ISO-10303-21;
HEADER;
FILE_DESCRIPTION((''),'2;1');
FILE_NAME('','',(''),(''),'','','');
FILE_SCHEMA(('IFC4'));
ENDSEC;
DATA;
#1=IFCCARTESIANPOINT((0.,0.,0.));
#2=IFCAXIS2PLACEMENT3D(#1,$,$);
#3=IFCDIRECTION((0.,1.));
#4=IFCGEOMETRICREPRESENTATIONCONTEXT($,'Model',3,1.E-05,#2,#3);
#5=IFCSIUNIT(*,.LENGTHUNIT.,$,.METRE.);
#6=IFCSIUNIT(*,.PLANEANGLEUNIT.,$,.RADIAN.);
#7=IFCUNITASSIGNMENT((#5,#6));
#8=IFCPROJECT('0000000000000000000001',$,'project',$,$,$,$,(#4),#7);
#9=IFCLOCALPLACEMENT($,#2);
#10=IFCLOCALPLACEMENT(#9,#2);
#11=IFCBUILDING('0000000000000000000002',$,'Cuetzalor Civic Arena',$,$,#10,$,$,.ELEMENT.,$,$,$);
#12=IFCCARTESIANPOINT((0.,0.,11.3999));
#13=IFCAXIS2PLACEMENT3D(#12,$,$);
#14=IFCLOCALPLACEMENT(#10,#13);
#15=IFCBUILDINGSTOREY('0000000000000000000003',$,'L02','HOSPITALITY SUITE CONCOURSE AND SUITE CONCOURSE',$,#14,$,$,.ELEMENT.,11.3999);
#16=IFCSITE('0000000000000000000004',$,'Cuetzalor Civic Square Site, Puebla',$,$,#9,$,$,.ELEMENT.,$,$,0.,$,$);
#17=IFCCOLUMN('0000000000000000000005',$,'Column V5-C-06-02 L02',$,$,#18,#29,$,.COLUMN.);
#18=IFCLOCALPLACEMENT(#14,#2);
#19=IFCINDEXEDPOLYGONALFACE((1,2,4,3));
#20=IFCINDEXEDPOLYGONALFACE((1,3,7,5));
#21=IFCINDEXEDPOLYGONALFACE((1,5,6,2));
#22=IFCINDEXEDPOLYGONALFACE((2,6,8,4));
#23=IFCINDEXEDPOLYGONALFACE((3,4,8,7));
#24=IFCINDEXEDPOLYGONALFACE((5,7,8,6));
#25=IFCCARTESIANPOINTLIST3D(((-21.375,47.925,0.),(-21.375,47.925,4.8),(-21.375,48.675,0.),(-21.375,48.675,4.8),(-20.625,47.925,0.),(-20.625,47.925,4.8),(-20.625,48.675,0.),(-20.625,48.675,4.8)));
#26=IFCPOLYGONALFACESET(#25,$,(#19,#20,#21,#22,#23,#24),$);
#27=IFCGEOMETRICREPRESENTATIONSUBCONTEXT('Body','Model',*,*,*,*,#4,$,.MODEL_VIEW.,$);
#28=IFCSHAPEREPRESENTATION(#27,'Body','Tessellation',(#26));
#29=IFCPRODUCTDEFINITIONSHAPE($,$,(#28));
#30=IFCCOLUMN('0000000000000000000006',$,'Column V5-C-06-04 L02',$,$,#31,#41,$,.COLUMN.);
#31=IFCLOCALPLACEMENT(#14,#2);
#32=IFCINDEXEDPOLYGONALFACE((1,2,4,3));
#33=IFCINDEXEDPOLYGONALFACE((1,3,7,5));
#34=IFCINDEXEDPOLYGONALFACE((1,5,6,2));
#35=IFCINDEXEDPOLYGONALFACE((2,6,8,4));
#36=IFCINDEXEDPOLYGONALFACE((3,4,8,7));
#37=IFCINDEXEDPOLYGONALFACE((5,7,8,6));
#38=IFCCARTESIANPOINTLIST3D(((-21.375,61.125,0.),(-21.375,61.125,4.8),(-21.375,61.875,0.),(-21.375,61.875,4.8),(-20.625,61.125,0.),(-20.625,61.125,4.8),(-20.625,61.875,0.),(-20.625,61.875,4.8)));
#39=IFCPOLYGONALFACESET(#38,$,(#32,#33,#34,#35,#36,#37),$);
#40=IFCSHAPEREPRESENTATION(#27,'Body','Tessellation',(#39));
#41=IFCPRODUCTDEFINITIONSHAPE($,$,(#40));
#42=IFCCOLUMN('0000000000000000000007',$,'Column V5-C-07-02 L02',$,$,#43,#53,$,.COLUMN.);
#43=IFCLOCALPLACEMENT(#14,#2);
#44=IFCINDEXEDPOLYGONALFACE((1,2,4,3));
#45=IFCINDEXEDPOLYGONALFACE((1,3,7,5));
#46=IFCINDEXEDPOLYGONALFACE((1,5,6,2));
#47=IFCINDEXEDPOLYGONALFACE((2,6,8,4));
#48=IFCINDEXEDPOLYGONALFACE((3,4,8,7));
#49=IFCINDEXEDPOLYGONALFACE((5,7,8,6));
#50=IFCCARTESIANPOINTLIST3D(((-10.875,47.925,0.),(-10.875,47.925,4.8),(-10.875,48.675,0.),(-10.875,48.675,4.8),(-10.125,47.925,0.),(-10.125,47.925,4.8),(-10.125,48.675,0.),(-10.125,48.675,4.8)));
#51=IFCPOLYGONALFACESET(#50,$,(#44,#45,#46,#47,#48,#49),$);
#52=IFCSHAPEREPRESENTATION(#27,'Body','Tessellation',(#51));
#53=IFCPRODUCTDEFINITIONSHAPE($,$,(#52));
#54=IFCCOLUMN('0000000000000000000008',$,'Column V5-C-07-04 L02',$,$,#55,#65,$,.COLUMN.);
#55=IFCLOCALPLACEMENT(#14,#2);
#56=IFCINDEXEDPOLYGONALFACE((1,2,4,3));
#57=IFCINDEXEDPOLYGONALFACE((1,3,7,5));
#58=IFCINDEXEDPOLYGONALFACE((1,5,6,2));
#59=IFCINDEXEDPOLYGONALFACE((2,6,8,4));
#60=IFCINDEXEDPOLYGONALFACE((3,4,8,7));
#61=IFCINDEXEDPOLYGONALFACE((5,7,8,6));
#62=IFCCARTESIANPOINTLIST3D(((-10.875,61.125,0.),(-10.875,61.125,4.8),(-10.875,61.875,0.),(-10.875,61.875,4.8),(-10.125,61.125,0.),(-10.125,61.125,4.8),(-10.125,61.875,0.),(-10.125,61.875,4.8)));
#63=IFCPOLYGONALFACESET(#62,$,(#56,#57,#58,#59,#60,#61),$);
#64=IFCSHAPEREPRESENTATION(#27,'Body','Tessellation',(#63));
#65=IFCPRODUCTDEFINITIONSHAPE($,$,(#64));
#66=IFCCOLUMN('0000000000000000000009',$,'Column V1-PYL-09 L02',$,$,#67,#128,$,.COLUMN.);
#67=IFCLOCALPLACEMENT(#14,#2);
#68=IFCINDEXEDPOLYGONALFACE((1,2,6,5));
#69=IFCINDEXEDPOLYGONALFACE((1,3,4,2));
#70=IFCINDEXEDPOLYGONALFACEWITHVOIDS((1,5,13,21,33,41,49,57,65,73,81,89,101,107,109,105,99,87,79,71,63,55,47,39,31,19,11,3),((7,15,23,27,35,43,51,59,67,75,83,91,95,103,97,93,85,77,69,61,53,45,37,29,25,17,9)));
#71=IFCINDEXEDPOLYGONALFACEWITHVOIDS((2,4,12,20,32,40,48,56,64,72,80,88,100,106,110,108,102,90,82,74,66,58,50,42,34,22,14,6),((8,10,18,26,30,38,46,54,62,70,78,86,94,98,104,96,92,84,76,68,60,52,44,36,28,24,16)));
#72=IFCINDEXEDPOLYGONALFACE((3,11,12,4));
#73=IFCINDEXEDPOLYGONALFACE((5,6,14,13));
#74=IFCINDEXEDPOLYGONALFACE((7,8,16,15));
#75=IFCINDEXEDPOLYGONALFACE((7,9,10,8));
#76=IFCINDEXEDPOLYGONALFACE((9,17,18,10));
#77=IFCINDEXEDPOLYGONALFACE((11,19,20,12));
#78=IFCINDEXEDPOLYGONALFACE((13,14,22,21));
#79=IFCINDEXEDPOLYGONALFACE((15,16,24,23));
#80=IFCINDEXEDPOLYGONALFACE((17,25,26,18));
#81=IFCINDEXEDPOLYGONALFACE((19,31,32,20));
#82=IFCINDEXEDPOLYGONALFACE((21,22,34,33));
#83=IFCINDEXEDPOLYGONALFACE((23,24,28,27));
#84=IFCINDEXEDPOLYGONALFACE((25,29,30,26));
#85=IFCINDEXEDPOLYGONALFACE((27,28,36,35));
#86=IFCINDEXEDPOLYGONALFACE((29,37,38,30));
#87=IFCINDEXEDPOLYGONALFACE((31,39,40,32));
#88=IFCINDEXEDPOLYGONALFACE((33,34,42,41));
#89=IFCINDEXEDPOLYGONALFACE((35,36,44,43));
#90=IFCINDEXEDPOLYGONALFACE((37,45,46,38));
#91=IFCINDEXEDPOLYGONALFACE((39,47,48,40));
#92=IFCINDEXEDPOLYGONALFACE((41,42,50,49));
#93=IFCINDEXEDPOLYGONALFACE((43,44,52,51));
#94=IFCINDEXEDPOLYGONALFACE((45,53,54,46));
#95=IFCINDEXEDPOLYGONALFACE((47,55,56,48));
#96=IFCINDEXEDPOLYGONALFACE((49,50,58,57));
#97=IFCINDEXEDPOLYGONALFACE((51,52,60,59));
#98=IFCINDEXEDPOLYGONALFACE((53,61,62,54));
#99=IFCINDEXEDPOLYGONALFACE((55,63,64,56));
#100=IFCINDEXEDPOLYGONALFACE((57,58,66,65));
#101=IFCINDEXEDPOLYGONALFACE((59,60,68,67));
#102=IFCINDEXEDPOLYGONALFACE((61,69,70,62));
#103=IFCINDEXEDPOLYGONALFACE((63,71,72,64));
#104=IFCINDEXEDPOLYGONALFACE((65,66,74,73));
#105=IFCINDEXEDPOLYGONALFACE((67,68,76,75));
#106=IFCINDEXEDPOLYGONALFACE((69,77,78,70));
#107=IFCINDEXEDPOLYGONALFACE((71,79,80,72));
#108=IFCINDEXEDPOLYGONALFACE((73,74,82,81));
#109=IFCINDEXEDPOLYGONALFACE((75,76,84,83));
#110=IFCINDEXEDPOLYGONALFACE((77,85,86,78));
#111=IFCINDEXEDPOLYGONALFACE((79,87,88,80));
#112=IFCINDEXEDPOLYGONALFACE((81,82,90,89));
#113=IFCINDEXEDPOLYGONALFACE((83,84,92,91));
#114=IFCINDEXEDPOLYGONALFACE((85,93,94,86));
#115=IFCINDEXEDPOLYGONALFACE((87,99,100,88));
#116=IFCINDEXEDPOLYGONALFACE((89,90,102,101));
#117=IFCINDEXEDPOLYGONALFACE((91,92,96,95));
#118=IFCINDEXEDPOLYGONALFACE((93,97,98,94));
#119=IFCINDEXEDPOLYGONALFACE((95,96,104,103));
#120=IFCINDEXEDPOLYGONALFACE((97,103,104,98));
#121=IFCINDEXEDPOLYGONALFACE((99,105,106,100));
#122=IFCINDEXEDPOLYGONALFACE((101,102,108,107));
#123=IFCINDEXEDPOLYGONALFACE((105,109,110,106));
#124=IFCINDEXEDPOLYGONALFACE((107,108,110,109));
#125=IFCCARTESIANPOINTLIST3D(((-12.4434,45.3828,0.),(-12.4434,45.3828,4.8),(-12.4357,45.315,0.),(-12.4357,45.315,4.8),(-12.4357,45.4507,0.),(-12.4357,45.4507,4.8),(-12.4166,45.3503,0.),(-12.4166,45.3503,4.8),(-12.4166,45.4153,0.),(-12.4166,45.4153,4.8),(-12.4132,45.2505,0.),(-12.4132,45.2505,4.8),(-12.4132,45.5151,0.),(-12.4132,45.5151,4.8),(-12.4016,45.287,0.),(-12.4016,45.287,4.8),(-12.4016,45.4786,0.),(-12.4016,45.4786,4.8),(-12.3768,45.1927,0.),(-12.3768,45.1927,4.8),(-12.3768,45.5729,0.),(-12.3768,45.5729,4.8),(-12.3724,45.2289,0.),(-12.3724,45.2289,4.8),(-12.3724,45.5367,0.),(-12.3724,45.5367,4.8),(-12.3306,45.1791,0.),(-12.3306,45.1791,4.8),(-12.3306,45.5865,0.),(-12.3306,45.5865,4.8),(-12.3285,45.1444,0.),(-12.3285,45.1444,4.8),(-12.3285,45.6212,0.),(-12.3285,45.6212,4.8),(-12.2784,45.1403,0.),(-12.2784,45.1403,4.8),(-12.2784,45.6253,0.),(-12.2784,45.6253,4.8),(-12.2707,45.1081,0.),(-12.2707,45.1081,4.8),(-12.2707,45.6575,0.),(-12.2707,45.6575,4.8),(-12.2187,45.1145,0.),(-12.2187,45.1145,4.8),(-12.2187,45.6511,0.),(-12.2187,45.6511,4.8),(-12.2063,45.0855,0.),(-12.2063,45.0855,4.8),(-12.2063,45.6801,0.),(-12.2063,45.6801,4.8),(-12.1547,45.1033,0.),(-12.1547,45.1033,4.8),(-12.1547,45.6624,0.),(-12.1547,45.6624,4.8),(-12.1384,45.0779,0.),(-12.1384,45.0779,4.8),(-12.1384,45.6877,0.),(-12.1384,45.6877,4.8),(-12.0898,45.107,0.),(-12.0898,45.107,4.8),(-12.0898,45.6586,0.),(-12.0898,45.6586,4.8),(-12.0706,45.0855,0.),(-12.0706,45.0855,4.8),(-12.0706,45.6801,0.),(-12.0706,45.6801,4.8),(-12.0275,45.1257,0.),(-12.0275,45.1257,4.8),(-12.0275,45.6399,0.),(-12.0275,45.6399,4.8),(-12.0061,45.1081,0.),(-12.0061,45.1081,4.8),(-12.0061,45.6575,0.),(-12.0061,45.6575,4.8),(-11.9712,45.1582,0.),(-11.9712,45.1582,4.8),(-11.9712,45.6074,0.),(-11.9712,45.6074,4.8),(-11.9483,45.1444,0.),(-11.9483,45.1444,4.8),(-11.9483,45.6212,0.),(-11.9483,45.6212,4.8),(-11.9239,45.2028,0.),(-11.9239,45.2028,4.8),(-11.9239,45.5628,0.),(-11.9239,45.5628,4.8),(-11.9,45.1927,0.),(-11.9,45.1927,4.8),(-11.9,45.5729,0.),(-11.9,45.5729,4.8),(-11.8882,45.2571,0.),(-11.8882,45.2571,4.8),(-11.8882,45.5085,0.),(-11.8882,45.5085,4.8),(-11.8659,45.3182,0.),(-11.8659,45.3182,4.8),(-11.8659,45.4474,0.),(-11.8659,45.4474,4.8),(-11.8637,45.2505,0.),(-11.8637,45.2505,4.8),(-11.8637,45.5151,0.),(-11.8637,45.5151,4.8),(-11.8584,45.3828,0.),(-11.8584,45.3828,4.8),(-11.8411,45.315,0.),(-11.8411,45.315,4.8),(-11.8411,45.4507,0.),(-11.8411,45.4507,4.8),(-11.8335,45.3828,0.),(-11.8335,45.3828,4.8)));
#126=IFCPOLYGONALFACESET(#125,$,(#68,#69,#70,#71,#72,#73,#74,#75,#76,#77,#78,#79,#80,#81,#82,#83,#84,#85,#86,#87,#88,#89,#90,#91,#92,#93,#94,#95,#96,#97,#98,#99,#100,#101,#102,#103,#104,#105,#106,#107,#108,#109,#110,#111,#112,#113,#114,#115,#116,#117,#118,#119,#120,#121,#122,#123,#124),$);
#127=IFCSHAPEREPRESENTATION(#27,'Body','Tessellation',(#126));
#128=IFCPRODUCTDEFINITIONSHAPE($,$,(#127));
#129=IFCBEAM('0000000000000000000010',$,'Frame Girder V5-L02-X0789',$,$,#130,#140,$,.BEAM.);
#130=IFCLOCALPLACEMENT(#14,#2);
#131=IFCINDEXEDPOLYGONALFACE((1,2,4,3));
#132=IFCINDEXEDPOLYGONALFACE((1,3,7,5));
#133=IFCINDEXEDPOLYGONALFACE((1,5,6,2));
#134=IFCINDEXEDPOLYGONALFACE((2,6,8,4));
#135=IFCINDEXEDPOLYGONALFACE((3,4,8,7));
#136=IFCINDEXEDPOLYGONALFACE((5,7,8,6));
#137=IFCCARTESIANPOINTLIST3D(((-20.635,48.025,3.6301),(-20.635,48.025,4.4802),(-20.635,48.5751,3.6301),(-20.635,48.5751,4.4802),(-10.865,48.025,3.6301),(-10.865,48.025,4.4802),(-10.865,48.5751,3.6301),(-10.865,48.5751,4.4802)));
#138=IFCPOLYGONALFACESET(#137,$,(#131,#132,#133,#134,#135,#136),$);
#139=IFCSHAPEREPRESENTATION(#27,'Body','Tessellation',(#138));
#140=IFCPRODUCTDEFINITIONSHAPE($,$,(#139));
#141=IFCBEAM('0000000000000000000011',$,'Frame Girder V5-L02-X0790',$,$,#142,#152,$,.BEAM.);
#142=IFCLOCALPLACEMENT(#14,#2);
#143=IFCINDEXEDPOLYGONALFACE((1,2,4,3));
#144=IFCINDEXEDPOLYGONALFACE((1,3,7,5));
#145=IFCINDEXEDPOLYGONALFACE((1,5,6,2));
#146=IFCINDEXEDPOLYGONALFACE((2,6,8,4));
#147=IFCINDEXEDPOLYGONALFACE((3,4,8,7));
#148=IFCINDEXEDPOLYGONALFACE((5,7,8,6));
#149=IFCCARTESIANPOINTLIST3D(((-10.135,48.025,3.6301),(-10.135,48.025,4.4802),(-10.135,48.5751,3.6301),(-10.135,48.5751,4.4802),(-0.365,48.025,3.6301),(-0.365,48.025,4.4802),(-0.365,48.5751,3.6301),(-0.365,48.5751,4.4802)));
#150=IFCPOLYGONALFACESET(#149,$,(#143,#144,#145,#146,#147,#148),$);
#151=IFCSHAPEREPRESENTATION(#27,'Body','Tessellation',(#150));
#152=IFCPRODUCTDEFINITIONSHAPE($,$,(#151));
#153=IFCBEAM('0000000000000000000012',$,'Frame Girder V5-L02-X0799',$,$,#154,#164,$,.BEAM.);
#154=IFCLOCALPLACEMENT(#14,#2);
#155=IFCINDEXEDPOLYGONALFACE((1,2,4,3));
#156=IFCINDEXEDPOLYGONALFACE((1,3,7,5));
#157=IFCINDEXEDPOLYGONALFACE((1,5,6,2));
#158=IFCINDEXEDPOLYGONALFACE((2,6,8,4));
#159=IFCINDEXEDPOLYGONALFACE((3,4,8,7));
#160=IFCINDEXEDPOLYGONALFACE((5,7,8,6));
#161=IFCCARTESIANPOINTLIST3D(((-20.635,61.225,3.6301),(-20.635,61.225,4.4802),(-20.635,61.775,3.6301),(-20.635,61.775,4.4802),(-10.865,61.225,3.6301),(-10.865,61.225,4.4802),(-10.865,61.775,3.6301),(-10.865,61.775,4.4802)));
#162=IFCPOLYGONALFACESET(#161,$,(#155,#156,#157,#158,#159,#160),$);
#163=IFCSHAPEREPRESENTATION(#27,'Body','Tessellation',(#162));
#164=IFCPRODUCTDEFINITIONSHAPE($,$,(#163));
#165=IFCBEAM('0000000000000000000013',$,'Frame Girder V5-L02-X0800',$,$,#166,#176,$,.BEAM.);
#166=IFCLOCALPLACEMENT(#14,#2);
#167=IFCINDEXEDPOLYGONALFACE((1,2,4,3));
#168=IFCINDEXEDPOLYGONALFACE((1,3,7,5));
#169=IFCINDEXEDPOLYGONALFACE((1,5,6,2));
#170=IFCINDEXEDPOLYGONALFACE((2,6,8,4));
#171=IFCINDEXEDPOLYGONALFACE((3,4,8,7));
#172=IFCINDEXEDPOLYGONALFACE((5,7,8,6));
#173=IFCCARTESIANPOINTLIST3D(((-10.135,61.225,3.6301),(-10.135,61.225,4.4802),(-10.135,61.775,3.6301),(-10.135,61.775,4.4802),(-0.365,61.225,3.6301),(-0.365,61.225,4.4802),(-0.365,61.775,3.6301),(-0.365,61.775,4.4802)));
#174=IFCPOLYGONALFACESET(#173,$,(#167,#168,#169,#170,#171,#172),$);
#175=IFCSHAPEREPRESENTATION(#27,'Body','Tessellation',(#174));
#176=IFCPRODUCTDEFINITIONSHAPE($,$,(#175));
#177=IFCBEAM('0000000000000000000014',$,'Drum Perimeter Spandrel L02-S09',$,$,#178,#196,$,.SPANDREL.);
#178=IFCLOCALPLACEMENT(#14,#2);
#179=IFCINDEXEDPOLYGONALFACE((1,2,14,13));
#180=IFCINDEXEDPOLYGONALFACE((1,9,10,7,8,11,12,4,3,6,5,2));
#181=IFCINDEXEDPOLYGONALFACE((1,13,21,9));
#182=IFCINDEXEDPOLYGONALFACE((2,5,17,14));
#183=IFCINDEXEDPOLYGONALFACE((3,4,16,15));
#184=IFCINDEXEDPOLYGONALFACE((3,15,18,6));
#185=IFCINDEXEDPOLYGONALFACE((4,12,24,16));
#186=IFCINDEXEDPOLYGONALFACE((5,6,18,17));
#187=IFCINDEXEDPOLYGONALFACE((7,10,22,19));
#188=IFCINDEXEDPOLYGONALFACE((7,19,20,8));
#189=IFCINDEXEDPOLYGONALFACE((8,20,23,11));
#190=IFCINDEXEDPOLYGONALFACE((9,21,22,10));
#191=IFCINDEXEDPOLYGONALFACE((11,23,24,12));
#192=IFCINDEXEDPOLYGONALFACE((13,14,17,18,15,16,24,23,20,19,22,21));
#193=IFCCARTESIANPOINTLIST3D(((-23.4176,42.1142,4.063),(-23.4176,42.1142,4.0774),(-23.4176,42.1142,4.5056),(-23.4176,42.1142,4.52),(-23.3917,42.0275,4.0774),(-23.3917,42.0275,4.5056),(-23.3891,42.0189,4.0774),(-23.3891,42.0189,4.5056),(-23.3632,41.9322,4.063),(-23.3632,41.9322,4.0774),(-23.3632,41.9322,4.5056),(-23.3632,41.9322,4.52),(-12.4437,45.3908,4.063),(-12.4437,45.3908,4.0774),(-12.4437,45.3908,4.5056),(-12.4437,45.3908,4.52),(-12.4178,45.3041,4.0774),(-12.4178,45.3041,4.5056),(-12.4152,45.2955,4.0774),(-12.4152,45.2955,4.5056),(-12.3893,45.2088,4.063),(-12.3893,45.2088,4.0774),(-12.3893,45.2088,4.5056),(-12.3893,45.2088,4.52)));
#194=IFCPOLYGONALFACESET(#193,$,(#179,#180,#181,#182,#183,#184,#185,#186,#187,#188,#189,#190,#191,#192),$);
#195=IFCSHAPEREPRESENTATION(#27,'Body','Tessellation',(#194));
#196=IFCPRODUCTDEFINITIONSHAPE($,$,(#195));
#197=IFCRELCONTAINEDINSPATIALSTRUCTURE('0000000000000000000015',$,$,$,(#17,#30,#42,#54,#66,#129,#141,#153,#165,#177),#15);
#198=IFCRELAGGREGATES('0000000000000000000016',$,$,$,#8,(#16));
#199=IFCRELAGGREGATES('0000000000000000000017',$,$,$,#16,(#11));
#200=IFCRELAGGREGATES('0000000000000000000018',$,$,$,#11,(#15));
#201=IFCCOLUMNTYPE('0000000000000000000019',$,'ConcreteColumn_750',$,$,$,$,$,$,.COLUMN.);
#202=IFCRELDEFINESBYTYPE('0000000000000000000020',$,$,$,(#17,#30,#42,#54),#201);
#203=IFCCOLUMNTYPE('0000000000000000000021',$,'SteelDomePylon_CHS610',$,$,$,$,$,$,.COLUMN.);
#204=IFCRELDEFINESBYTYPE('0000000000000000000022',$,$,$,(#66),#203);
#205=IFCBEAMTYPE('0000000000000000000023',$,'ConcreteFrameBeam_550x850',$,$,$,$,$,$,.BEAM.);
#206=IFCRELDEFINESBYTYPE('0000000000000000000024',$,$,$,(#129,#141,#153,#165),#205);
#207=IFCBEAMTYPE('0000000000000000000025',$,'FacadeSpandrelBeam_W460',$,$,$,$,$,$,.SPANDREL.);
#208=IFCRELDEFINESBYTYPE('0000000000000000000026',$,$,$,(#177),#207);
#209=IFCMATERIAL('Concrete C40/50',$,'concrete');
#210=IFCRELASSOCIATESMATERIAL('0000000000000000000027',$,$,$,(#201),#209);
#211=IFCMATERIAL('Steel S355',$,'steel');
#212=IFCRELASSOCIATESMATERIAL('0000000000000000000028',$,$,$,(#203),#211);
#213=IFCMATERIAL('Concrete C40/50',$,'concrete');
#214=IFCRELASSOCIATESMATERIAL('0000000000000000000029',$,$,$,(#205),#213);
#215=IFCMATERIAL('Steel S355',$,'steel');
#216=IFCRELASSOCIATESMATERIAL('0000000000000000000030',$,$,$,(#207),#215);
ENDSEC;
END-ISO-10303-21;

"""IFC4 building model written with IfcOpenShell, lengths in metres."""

from ifc_helpers import new_model, si_unit, direction, frame, origin, origin_2d, place, context, subcontext, project, spatial, rectangle, hollow_circle, i_section, extrude, material, material_profile, profile_set, type_object, element, save


model = new_model("IFC4")

# Units and contexts
model_context = context("Model", 3, precision=1e-05, world=origin(), true_north=direction((0.0, 1.0)))
body_context = subcontext(model_context, "Body", "Model", "MODEL_VIEW")
ifc_project = project(units=[si_unit("LENGTHUNIT", "METRE"), si_unit("PLANEANGLEUNIT", "RADIAN")], contexts=[model_context])

# Site, building, storey
site_placement = place(None, origin())
site = spatial("IfcSite", under=ifc_project, at=site_placement, Name="Cuetzalor Civic Square Site, Puebla", CompositionType="ELEMENT", RefElevation=0.0)
building_placement = place(site_placement, origin())
building = spatial("IfcBuilding", under=site, at=building_placement, Name="Cuetzalor Civic Arena", CompositionType="ELEMENT")
storey_placement = place(building_placement, frame((0.0, 0.0, 11.3999)))
storey = spatial("IfcBuildingStorey", under=building, at=storey_placement, Name="L02", Description="HOSPITALITY SUITE CONCOURSE AND SUITE CONCOURSE", CompositionType="ELEMENT", Elevation=11.3999)

# Columns
ifc_material_1 = material(Name="Concrete C40/50", Category="concrete")
ifc_material_profile_1 = material_profile(ifc_material_1, rectangle(XDim=0.75, YDim=0.75, at=origin_2d()), Name="RC 750x750")
ifc_profile_set_1 = profile_set([ifc_material_profile_1], Name="Concrete C40/50")
column_type_1 = type_object("IfcColumnType", Name="ConcreteColumn_750", PredefinedType="COLUMN", material=ifc_profile_set_1)
for number, where, z_axis, x_axis, name in (
    (1, (-21.0, 48.3, 0.0), (0.0, 0.0, 1.0), (1.0, 0.0, 0.0), "Column V5-C-06-02 L02"),
    (2, (-21.0, 61.5, 0.0), (0.0, 0.0, 1.0), (1.0, 0.0, 0.0), "Column V5-C-06-04 L02"),
    (3, (-10.5, 48.3, 0.0), (0.0, 0.0, 1.0), (1.0, 0.0, 0.0), "Column V5-C-07-02 L02"),
    (4, (-10.5, 61.5, 0.0), (0.0, 0.0, 1.0), (1.0, 0.0, 0.0), "Column V5-C-07-04 L02"),
):
    element("IfcColumn", number, at=place(storey_placement, frame(where, z_axis=z_axis, x_axis=x_axis)), inside=storey, type_object=column_type_1, Name=name, PredefinedType="COLUMN", context=body_context, shape_type="SweptSolid", body=[
        extrude(rectangle(XDim=0.75, YDim=0.75, at=origin_2d()), origin(), (0.0, 0.0, 1.0), 4.8),
    ])
ifc_material_2 = material(Name="Steel S355", Category="steel")
ifc_material_profile_2 = material_profile(ifc_material_2, hollow_circle(Radius=0.3049, WallThickness=0.0249, at=origin_2d()), Name="CHS 610x25")
ifc_profile_set_2 = profile_set([ifc_material_profile_2], Name="Steel S355")
column_type_2 = type_object("IfcColumnType", Name="SteelDomePylon_CHS610", PredefinedType="COLUMN", material=ifc_profile_set_2)
column_placement = place(storey_placement, frame((-12.1384, 45.3828, 0.0), z_axis=(0.0, 0.0, 1.0), x_axis=(1.0, 0.0, 0.0)))
element("IfcColumn", 5, at=column_placement, inside=storey, type_object=column_type_2, Name="Column V1-PYL-09 L02", PredefinedType="COLUMN", context=body_context, shape_type="SweptSolid", body=[
    extrude(hollow_circle(Radius=0.3049, WallThickness=0.0249, at=origin_2d()), origin(), (0.0, 0.0, 1.0), 4.8),
])

# Beams
ifc_material_3 = material(Name="Concrete C40/50", Category="concrete")
ifc_material_profile_3 = material_profile(ifc_material_3, rectangle(XDim=0.55, YDim=0.8501, at=origin_2d()), Name="RC 550x850")
ifc_profile_set_3 = profile_set([ifc_material_profile_3], Name="Concrete C40/50")
beam_type_1 = type_object("IfcBeamType", Name="ConcreteFrameBeam_550x850", PredefinedType="BEAM", material=ifc_profile_set_3)
for number, where, z_axis, x_axis, name in (
    (6, (-20.635, 48.3, 4.0552), (1.0, 0.0, 0.0), (0.0, 1.0, 0.0), "Frame Girder V5-L02-X0789"),
    (7, (-10.135, 48.3, 4.0552), (1.0, 0.0, 0.0), (0.0, 1.0, 0.0), "Frame Girder V5-L02-X0790"),
    (8, (-20.635, 61.5, 4.0552), (1.0, 0.0, 0.0), (0.0, 1.0, 0.0), "Frame Girder V5-L02-X0799"),
    (9, (-10.135, 61.5, 4.0552), (1.0, 0.0, 0.0), (0.0, 1.0, 0.0), "Frame Girder V5-L02-X0800"),
):
    element("IfcBeam", number, at=place(storey_placement, frame(where, z_axis=z_axis, x_axis=x_axis)), inside=storey, type_object=beam_type_1, Name=name, PredefinedType="BEAM", context=body_context, shape_type="SweptSolid", body=[
        extrude(rectangle(XDim=0.55, YDim=0.8501, at=origin_2d()), origin(), (0.0, 0.0, 1.0), 9.77),
    ])
ifc_material_4 = material(Name="Steel S355", Category="steel")
ifc_material_profile_4 = material_profile(ifc_material_4, i_section(OverallWidth=0.1899, OverallDepth=0.457, WebThickness=0.009, FlangeThickness=0.0144, at=origin_2d()), Name="W460x74")
ifc_profile_set_4 = profile_set([ifc_material_profile_4], Name="Steel S355")
beam_type_2 = type_object("IfcBeamType", Name="FacadeSpandrelBeam_W460", PredefinedType="SPANDREL", material=ifc_profile_set_4)
beam_placement = place(storey_placement, frame((-12.4165, 45.2998, 4.2915), z_axis=(-0.958199, -0.286102, 0.0), x_axis=(0.286102, -0.958199, 0.0)))
element("IfcBeam", 10, at=beam_placement, inside=storey, type_object=beam_type_2, Name="Drum Perimeter Spandrel L02-S09", PredefinedType="SPANDREL", context=body_context, shape_type="SweptSolid", body=[
    extrude(i_section(OverallWidth=0.1899, OverallDepth=0.457, WebThickness=0.009, FlangeThickness=0.0144, at=origin_2d()), origin(), (0.0, 0.0, 1.0), 11.4526),
])

save(model, "model.ifc")
